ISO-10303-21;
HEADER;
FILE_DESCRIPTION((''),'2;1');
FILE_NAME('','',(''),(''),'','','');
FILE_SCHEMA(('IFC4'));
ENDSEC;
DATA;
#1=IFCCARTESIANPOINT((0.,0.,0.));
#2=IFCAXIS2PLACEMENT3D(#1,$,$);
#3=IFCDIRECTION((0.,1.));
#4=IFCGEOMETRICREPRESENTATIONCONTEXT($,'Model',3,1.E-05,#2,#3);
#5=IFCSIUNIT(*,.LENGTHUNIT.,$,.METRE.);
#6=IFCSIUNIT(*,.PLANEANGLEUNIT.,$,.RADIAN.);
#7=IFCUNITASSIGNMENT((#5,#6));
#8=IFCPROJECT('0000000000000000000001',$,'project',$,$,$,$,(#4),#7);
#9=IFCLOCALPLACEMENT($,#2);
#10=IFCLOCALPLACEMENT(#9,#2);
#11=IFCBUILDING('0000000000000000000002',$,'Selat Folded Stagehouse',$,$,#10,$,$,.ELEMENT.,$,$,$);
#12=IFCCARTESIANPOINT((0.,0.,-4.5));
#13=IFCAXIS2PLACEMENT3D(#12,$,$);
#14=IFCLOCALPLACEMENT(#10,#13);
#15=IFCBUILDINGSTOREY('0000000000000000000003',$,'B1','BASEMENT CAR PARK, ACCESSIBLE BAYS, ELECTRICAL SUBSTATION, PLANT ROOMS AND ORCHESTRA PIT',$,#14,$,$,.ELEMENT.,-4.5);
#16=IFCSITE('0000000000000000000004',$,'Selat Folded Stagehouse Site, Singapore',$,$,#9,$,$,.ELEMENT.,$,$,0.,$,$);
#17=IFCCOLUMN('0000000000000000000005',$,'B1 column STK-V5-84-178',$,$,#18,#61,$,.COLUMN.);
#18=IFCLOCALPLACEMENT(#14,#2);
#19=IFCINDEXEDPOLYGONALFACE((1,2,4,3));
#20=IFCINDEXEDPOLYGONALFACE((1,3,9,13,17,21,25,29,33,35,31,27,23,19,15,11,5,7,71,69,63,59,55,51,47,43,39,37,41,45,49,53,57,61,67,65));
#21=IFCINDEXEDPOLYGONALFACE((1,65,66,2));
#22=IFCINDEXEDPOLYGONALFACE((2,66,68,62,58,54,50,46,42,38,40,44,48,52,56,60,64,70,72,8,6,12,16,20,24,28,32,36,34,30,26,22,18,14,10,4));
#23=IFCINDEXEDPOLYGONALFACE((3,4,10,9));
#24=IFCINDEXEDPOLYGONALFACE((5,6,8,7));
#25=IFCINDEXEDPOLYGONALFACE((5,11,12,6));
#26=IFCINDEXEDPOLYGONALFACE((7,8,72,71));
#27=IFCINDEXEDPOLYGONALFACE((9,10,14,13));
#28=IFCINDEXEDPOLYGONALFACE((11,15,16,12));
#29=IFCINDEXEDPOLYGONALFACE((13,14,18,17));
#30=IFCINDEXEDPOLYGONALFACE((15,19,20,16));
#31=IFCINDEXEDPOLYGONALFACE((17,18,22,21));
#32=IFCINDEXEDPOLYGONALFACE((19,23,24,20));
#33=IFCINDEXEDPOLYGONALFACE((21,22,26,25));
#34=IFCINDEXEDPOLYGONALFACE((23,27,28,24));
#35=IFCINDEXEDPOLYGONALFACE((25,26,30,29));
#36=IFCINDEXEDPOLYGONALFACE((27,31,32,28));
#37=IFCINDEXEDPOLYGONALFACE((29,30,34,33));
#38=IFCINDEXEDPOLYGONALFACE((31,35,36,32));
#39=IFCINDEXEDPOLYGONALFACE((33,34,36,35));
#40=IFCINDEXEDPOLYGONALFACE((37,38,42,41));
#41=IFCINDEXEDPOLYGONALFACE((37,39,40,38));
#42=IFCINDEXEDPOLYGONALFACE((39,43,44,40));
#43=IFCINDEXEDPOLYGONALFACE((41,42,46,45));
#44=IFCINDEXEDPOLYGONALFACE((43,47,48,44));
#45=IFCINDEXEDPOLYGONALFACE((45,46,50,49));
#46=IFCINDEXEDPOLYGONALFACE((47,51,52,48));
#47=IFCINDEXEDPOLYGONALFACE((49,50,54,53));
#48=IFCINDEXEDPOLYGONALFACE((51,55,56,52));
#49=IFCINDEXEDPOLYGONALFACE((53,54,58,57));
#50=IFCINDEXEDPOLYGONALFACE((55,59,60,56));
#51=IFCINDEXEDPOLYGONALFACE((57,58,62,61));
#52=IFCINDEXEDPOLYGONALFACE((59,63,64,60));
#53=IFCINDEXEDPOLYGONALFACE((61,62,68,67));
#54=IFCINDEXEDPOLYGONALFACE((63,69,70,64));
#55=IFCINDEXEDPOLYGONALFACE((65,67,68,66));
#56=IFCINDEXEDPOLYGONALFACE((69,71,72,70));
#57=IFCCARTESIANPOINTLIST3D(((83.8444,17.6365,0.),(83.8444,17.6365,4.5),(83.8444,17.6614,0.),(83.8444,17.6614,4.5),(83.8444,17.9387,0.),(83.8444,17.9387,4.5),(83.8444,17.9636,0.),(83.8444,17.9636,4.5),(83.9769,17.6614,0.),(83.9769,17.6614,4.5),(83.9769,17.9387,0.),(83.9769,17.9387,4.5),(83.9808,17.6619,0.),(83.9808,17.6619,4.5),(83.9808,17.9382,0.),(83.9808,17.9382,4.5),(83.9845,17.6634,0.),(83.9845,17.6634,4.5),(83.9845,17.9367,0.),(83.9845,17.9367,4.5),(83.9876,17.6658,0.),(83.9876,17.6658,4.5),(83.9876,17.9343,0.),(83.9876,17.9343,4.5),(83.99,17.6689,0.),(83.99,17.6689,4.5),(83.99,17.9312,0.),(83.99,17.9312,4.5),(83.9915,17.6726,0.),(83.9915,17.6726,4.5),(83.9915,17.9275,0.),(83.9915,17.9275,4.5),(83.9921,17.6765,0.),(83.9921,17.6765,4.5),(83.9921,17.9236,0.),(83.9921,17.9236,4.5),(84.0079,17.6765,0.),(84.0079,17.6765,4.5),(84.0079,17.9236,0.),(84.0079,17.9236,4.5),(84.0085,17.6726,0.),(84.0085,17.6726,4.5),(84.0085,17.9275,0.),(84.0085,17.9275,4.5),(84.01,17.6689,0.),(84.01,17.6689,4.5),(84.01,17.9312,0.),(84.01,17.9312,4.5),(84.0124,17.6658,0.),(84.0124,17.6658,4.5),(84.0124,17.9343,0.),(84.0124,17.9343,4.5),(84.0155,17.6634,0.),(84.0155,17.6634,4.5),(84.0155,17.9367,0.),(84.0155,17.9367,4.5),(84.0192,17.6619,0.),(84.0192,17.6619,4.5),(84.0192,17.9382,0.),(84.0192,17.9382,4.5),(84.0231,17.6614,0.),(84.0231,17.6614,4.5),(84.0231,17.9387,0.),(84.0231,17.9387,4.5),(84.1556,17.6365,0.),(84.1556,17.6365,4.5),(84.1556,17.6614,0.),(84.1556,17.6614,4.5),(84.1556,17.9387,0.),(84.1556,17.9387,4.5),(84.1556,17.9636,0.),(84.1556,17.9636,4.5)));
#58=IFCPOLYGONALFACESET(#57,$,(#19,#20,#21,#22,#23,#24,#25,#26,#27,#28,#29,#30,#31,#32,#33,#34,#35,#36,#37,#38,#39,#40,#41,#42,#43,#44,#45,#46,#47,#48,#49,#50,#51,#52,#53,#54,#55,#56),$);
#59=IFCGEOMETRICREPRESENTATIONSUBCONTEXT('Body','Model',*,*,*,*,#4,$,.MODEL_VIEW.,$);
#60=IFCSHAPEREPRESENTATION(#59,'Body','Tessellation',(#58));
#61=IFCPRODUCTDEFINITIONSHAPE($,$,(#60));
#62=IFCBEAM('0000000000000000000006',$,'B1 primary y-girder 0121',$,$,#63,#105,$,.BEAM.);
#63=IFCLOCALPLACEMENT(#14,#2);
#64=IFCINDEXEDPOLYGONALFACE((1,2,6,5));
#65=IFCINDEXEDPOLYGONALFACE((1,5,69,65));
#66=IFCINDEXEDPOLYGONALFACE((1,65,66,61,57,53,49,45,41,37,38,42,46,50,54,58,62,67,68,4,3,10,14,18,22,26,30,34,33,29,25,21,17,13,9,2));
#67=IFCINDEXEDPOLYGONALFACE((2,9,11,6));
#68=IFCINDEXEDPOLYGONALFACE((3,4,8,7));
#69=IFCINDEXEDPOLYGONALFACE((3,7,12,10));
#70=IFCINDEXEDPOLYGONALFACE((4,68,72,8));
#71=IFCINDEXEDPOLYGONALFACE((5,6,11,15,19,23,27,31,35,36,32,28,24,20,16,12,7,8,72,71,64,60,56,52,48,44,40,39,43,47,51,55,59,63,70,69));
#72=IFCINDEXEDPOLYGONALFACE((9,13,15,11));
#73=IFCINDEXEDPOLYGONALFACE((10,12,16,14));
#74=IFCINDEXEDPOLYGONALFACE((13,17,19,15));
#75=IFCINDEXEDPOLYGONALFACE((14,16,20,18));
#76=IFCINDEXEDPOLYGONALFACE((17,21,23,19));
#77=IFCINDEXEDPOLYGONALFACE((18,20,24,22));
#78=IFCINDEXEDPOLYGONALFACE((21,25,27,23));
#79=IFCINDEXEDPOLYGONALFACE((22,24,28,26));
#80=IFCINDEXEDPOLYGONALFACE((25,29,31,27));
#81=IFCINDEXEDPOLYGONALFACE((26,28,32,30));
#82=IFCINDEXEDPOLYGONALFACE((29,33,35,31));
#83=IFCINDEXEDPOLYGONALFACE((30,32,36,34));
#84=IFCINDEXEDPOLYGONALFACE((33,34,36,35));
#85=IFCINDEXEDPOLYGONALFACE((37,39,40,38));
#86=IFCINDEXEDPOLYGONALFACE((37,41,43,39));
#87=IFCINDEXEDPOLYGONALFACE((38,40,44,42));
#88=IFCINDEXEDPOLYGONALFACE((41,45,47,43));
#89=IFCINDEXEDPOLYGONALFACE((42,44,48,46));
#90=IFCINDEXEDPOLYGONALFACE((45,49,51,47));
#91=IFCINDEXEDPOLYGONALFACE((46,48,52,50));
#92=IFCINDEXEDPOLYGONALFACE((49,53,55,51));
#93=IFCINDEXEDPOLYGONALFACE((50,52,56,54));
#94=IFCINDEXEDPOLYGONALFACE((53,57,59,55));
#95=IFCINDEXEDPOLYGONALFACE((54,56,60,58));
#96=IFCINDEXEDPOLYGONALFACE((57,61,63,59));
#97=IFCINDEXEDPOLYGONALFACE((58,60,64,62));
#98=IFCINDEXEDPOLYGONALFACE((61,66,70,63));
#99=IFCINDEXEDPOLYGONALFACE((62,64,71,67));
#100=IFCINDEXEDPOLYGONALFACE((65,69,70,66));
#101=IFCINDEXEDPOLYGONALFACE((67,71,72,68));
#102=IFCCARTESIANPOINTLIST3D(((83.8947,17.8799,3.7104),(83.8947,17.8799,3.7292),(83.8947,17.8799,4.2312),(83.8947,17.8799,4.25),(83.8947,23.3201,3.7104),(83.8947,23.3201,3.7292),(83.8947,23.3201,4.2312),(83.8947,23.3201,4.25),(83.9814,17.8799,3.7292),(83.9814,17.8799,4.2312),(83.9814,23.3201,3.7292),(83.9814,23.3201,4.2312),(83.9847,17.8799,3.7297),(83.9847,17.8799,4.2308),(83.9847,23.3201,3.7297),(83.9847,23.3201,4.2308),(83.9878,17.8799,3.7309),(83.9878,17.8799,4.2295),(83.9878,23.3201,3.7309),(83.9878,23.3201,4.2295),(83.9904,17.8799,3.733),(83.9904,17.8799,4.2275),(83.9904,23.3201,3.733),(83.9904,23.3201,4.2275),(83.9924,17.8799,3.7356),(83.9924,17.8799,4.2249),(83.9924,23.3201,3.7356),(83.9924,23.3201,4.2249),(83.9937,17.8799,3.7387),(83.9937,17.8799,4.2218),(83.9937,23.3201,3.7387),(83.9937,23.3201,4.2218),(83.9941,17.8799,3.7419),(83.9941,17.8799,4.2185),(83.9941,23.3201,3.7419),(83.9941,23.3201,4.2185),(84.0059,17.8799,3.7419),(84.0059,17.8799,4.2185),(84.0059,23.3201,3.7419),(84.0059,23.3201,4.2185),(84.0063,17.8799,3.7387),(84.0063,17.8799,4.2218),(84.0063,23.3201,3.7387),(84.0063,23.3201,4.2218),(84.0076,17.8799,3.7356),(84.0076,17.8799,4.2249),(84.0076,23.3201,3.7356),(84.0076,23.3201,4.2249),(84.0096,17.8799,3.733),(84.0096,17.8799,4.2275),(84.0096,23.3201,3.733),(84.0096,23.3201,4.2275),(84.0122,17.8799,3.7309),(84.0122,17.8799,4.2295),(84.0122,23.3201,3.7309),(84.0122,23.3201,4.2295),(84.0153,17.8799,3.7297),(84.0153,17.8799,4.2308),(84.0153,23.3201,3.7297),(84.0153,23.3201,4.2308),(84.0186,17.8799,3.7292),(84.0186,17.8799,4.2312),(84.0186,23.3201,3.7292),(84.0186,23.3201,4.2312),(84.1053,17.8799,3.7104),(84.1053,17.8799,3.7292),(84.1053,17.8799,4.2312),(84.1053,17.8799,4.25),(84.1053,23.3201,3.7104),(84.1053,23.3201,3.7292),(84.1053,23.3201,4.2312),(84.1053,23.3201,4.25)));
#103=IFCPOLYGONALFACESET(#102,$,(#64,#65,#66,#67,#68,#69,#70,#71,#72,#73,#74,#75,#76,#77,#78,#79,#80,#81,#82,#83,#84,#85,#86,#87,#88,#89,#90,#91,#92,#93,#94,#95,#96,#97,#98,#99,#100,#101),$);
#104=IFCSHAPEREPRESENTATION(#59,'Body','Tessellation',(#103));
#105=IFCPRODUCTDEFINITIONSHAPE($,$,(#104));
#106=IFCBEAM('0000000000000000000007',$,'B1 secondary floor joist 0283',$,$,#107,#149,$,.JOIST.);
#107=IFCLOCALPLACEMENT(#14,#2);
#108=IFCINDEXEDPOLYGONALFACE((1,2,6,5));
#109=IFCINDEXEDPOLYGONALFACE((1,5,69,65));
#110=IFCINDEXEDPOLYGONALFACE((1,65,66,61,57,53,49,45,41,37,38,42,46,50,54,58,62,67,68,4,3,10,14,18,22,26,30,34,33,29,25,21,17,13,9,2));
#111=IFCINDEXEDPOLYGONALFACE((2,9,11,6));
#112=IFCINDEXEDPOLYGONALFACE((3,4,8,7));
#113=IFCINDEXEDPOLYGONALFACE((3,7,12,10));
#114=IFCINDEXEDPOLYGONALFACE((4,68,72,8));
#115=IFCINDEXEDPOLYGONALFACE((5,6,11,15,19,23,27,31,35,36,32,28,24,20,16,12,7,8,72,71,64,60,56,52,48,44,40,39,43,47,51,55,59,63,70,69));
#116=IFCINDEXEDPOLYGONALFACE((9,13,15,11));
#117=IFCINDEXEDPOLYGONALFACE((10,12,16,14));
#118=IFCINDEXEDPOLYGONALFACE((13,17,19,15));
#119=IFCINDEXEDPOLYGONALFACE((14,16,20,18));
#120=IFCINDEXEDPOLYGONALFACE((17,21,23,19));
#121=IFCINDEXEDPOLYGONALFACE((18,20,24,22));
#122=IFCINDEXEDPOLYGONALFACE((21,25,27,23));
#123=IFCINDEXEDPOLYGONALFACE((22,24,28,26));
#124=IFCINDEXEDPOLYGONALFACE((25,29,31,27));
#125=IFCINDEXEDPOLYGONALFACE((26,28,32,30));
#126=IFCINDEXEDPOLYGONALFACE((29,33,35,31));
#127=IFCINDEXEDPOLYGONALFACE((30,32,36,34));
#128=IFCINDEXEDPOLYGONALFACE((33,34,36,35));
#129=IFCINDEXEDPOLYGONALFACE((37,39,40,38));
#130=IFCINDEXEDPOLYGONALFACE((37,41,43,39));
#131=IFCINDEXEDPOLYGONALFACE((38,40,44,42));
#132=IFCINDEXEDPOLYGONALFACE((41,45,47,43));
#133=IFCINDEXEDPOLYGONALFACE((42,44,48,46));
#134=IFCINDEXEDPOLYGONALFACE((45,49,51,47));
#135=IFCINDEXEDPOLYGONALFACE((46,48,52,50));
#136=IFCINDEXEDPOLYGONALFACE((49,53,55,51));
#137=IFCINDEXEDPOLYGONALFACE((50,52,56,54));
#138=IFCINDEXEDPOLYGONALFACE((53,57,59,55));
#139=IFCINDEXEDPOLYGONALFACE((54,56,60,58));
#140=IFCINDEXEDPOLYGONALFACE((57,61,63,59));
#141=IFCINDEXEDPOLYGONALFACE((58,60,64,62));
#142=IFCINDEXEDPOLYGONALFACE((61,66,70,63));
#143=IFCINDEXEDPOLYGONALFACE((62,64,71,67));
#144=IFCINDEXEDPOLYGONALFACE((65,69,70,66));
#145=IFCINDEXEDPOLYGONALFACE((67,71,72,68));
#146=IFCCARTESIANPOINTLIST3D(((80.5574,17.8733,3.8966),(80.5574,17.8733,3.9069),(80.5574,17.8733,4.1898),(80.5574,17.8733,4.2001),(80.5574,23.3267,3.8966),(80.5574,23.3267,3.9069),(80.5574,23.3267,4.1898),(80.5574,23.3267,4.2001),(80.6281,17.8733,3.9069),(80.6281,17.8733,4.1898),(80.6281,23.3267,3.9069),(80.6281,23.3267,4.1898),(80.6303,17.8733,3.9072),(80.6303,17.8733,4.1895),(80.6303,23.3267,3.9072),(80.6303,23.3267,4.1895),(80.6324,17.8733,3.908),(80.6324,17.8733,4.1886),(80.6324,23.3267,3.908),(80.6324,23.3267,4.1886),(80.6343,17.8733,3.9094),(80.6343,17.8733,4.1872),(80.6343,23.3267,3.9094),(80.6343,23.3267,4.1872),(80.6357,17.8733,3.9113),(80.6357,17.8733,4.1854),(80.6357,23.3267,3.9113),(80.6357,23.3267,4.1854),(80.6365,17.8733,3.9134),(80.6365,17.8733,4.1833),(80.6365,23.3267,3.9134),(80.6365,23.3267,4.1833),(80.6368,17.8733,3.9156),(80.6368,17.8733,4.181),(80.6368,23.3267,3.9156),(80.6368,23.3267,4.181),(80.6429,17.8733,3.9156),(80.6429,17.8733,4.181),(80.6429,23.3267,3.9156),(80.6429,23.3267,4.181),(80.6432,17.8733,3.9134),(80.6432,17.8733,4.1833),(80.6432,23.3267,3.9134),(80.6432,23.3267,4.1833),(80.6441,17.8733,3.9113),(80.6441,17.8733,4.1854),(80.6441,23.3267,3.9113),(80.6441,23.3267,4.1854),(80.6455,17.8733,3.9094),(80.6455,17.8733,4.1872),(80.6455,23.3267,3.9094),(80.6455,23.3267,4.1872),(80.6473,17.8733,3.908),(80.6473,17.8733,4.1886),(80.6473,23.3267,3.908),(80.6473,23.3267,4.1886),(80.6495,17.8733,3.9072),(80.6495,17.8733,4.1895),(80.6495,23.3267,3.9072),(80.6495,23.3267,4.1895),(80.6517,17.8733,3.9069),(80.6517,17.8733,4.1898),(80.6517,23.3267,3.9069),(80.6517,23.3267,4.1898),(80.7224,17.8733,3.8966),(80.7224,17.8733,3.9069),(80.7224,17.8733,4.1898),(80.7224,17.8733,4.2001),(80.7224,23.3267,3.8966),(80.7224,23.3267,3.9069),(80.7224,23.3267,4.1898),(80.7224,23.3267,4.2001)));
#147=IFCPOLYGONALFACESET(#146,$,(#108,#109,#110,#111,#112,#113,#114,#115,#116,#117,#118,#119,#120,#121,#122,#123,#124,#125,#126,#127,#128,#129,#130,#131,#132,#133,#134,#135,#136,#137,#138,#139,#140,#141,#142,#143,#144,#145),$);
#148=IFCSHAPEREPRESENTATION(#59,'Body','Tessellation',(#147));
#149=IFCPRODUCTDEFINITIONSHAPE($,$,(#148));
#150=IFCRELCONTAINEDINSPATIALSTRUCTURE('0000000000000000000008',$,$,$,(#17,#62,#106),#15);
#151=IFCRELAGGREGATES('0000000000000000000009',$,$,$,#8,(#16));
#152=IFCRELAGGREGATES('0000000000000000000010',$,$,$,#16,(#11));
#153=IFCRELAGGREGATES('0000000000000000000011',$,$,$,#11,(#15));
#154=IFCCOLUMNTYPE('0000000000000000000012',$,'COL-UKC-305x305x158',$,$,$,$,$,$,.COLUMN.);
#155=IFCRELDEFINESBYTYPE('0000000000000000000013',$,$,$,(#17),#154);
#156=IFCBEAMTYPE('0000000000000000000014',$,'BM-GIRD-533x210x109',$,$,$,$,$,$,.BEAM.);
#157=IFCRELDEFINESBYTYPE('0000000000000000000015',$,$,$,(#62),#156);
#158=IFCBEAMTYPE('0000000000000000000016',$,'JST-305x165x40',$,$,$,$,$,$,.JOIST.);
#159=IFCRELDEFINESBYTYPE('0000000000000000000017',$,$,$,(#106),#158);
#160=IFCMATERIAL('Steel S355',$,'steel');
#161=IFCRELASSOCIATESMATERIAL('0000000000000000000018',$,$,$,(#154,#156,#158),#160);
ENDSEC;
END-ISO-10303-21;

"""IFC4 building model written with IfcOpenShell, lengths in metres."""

from ifc_helpers import new_model, si_unit, direction, frame, origin, origin_2d, place, context, subcontext, project, spatial, i_section, extrude, material, material_profile, profile_set, type_object, element, save


model = new_model("IFC4")

# Units and contexts
model_context = context("Model", 3, precision=1e-05, world=origin(), true_north=direction((0.0, 1.0)))
body_context = subcontext(model_context, "Body", "Model", "MODEL_VIEW")
ifc_project = project(units=[si_unit("LENGTHUNIT", "METRE"), si_unit("PLANEANGLEUNIT", "RADIAN")], contexts=[model_context])

# Site, building, storey
site_placement = place(None, origin())
site = spatial("IfcSite", under=ifc_project, at=site_placement, Name="Selat Folded Stagehouse Site, Singapore", CompositionType="ELEMENT", RefElevation=0.0)
building_placement = place(site_placement, origin())
building = spatial("IfcBuilding", under=site, at=building_placement, Name="Selat Folded Stagehouse", CompositionType="ELEMENT")
storey_placement = place(building_placement, frame((0.0, 0.0, -4.5)))
storey = spatial("IfcBuildingStorey", under=building, at=storey_placement, Name="B1", Description="BASEMENT CAR PARK, ACCESSIBLE BAYS, ELECTRICAL SUBSTATION, PLANT ROOMS AND ORCHESTRA PIT", CompositionType="ELEMENT", Elevation=-4.5)

# Column
ifc_material_1 = material(Name="Steel S355", Category="steel")
ifc_material_profile_1 = material_profile(ifc_material_1, i_section(OverallWidth=0.3113, OverallDepth=0.3271, WebThickness=0.0159, FlangeThickness=0.0249, FilletRadius=0.0151, at=origin_2d()), Name="UKC 305x305x158")
ifc_profile_set_1 = profile_set([ifc_material_profile_1], Name="Steel S355")
column_type = type_object("IfcColumnType", Name="COL-UKC-305x305x158", PredefinedType="COLUMN", material=ifc_profile_set_1)
column_placement = place(storey_placement, frame((84.0, 17.8, 0.0), z_axis=(0.0, 0.0, 1.0), x_axis=(1.0, 0.0, 0.0)))
element("IfcColumn", 1, at=column_placement, inside=storey, type_object=column_type, Name="B1 column STK-V5-84-178", PredefinedType="COLUMN", context=body_context, shape_type="SweptSolid", body=[
    extrude(i_section(OverallWidth=0.3113, OverallDepth=0.3271, WebThickness=0.0159, FlangeThickness=0.0249, FilletRadius=0.0151, at=origin_2d()), origin(), (0.0, 0.0, 1.0), 4.5),
])

# Beams
ifc_material_profile_2 = material_profile(ifc_material_1, i_section(OverallWidth=0.2107, OverallDepth=0.5396, WebThickness=0.0117, FlangeThickness=0.0188, FilletRadius=0.0127, at=origin_2d()), Name="UKB 533x210x109")
ifc_profile_set_2 = profile_set([ifc_material_profile_2], Name="Steel S355")
beam_type_1 = type_object("IfcBeamType", Name="BM-GIRD-533x210x109", PredefinedType="BEAM", material=ifc_profile_set_2)
beam_1_placement = place(storey_placement, frame((84.0, 17.8799, 3.9802), z_axis=(0.0, 1.0, 0.0), x_axis=(-1.0, 0.0, 0.0)))
element("IfcBeam", 2, at=beam_1_placement, inside=storey, type_object=beam_type_1, Name="B1 primary y-girder 0121", PredefinedType="BEAM", context=body_context, shape_type="SweptSolid", body=[
    extrude(i_section(OverallWidth=0.2107, OverallDepth=0.5396, WebThickness=0.0117, FlangeThickness=0.0188, FilletRadius=0.0127, at=origin_2d()), origin(), (0.0, 0.0, 1.0), 5.4402),
])
ifc_material_profile_3 = material_profile(ifc_material_1, i_section(OverallWidth=0.165, OverallDepth=0.3035, WebThickness=0.0061, FlangeThickness=0.0103, FilletRadius=0.0088, at=origin_2d()), Name="UKB 305x165x40")
ifc_profile_set_3 = profile_set([ifc_material_profile_3], Name="Steel S355")
beam_type_2 = type_object("IfcBeamType", Name="JST-305x165x40", PredefinedType="JOIST", material=ifc_profile_set_3)
beam_2_placement = place(storey_placement, frame((80.6399, 17.8733, 4.0483), z_axis=(0.0, 1.0, 0.0), x_axis=(-1.0, 0.0, 0.0)))
element("IfcBeam", 3, at=beam_2_placement, inside=storey, type_object=beam_type_2, Name="B1 secondary floor joist 0283", PredefinedType="JOIST", context=body_context, shape_type="SweptSolid", body=[
    extrude(i_section(OverallWidth=0.165, OverallDepth=0.3035, WebThickness=0.0061, FlangeThickness=0.0103, FilletRadius=0.0088, at=origin_2d()), origin(), (0.0, 0.0, 1.0), 5.4534),
])

save(model, "model.ifc")
